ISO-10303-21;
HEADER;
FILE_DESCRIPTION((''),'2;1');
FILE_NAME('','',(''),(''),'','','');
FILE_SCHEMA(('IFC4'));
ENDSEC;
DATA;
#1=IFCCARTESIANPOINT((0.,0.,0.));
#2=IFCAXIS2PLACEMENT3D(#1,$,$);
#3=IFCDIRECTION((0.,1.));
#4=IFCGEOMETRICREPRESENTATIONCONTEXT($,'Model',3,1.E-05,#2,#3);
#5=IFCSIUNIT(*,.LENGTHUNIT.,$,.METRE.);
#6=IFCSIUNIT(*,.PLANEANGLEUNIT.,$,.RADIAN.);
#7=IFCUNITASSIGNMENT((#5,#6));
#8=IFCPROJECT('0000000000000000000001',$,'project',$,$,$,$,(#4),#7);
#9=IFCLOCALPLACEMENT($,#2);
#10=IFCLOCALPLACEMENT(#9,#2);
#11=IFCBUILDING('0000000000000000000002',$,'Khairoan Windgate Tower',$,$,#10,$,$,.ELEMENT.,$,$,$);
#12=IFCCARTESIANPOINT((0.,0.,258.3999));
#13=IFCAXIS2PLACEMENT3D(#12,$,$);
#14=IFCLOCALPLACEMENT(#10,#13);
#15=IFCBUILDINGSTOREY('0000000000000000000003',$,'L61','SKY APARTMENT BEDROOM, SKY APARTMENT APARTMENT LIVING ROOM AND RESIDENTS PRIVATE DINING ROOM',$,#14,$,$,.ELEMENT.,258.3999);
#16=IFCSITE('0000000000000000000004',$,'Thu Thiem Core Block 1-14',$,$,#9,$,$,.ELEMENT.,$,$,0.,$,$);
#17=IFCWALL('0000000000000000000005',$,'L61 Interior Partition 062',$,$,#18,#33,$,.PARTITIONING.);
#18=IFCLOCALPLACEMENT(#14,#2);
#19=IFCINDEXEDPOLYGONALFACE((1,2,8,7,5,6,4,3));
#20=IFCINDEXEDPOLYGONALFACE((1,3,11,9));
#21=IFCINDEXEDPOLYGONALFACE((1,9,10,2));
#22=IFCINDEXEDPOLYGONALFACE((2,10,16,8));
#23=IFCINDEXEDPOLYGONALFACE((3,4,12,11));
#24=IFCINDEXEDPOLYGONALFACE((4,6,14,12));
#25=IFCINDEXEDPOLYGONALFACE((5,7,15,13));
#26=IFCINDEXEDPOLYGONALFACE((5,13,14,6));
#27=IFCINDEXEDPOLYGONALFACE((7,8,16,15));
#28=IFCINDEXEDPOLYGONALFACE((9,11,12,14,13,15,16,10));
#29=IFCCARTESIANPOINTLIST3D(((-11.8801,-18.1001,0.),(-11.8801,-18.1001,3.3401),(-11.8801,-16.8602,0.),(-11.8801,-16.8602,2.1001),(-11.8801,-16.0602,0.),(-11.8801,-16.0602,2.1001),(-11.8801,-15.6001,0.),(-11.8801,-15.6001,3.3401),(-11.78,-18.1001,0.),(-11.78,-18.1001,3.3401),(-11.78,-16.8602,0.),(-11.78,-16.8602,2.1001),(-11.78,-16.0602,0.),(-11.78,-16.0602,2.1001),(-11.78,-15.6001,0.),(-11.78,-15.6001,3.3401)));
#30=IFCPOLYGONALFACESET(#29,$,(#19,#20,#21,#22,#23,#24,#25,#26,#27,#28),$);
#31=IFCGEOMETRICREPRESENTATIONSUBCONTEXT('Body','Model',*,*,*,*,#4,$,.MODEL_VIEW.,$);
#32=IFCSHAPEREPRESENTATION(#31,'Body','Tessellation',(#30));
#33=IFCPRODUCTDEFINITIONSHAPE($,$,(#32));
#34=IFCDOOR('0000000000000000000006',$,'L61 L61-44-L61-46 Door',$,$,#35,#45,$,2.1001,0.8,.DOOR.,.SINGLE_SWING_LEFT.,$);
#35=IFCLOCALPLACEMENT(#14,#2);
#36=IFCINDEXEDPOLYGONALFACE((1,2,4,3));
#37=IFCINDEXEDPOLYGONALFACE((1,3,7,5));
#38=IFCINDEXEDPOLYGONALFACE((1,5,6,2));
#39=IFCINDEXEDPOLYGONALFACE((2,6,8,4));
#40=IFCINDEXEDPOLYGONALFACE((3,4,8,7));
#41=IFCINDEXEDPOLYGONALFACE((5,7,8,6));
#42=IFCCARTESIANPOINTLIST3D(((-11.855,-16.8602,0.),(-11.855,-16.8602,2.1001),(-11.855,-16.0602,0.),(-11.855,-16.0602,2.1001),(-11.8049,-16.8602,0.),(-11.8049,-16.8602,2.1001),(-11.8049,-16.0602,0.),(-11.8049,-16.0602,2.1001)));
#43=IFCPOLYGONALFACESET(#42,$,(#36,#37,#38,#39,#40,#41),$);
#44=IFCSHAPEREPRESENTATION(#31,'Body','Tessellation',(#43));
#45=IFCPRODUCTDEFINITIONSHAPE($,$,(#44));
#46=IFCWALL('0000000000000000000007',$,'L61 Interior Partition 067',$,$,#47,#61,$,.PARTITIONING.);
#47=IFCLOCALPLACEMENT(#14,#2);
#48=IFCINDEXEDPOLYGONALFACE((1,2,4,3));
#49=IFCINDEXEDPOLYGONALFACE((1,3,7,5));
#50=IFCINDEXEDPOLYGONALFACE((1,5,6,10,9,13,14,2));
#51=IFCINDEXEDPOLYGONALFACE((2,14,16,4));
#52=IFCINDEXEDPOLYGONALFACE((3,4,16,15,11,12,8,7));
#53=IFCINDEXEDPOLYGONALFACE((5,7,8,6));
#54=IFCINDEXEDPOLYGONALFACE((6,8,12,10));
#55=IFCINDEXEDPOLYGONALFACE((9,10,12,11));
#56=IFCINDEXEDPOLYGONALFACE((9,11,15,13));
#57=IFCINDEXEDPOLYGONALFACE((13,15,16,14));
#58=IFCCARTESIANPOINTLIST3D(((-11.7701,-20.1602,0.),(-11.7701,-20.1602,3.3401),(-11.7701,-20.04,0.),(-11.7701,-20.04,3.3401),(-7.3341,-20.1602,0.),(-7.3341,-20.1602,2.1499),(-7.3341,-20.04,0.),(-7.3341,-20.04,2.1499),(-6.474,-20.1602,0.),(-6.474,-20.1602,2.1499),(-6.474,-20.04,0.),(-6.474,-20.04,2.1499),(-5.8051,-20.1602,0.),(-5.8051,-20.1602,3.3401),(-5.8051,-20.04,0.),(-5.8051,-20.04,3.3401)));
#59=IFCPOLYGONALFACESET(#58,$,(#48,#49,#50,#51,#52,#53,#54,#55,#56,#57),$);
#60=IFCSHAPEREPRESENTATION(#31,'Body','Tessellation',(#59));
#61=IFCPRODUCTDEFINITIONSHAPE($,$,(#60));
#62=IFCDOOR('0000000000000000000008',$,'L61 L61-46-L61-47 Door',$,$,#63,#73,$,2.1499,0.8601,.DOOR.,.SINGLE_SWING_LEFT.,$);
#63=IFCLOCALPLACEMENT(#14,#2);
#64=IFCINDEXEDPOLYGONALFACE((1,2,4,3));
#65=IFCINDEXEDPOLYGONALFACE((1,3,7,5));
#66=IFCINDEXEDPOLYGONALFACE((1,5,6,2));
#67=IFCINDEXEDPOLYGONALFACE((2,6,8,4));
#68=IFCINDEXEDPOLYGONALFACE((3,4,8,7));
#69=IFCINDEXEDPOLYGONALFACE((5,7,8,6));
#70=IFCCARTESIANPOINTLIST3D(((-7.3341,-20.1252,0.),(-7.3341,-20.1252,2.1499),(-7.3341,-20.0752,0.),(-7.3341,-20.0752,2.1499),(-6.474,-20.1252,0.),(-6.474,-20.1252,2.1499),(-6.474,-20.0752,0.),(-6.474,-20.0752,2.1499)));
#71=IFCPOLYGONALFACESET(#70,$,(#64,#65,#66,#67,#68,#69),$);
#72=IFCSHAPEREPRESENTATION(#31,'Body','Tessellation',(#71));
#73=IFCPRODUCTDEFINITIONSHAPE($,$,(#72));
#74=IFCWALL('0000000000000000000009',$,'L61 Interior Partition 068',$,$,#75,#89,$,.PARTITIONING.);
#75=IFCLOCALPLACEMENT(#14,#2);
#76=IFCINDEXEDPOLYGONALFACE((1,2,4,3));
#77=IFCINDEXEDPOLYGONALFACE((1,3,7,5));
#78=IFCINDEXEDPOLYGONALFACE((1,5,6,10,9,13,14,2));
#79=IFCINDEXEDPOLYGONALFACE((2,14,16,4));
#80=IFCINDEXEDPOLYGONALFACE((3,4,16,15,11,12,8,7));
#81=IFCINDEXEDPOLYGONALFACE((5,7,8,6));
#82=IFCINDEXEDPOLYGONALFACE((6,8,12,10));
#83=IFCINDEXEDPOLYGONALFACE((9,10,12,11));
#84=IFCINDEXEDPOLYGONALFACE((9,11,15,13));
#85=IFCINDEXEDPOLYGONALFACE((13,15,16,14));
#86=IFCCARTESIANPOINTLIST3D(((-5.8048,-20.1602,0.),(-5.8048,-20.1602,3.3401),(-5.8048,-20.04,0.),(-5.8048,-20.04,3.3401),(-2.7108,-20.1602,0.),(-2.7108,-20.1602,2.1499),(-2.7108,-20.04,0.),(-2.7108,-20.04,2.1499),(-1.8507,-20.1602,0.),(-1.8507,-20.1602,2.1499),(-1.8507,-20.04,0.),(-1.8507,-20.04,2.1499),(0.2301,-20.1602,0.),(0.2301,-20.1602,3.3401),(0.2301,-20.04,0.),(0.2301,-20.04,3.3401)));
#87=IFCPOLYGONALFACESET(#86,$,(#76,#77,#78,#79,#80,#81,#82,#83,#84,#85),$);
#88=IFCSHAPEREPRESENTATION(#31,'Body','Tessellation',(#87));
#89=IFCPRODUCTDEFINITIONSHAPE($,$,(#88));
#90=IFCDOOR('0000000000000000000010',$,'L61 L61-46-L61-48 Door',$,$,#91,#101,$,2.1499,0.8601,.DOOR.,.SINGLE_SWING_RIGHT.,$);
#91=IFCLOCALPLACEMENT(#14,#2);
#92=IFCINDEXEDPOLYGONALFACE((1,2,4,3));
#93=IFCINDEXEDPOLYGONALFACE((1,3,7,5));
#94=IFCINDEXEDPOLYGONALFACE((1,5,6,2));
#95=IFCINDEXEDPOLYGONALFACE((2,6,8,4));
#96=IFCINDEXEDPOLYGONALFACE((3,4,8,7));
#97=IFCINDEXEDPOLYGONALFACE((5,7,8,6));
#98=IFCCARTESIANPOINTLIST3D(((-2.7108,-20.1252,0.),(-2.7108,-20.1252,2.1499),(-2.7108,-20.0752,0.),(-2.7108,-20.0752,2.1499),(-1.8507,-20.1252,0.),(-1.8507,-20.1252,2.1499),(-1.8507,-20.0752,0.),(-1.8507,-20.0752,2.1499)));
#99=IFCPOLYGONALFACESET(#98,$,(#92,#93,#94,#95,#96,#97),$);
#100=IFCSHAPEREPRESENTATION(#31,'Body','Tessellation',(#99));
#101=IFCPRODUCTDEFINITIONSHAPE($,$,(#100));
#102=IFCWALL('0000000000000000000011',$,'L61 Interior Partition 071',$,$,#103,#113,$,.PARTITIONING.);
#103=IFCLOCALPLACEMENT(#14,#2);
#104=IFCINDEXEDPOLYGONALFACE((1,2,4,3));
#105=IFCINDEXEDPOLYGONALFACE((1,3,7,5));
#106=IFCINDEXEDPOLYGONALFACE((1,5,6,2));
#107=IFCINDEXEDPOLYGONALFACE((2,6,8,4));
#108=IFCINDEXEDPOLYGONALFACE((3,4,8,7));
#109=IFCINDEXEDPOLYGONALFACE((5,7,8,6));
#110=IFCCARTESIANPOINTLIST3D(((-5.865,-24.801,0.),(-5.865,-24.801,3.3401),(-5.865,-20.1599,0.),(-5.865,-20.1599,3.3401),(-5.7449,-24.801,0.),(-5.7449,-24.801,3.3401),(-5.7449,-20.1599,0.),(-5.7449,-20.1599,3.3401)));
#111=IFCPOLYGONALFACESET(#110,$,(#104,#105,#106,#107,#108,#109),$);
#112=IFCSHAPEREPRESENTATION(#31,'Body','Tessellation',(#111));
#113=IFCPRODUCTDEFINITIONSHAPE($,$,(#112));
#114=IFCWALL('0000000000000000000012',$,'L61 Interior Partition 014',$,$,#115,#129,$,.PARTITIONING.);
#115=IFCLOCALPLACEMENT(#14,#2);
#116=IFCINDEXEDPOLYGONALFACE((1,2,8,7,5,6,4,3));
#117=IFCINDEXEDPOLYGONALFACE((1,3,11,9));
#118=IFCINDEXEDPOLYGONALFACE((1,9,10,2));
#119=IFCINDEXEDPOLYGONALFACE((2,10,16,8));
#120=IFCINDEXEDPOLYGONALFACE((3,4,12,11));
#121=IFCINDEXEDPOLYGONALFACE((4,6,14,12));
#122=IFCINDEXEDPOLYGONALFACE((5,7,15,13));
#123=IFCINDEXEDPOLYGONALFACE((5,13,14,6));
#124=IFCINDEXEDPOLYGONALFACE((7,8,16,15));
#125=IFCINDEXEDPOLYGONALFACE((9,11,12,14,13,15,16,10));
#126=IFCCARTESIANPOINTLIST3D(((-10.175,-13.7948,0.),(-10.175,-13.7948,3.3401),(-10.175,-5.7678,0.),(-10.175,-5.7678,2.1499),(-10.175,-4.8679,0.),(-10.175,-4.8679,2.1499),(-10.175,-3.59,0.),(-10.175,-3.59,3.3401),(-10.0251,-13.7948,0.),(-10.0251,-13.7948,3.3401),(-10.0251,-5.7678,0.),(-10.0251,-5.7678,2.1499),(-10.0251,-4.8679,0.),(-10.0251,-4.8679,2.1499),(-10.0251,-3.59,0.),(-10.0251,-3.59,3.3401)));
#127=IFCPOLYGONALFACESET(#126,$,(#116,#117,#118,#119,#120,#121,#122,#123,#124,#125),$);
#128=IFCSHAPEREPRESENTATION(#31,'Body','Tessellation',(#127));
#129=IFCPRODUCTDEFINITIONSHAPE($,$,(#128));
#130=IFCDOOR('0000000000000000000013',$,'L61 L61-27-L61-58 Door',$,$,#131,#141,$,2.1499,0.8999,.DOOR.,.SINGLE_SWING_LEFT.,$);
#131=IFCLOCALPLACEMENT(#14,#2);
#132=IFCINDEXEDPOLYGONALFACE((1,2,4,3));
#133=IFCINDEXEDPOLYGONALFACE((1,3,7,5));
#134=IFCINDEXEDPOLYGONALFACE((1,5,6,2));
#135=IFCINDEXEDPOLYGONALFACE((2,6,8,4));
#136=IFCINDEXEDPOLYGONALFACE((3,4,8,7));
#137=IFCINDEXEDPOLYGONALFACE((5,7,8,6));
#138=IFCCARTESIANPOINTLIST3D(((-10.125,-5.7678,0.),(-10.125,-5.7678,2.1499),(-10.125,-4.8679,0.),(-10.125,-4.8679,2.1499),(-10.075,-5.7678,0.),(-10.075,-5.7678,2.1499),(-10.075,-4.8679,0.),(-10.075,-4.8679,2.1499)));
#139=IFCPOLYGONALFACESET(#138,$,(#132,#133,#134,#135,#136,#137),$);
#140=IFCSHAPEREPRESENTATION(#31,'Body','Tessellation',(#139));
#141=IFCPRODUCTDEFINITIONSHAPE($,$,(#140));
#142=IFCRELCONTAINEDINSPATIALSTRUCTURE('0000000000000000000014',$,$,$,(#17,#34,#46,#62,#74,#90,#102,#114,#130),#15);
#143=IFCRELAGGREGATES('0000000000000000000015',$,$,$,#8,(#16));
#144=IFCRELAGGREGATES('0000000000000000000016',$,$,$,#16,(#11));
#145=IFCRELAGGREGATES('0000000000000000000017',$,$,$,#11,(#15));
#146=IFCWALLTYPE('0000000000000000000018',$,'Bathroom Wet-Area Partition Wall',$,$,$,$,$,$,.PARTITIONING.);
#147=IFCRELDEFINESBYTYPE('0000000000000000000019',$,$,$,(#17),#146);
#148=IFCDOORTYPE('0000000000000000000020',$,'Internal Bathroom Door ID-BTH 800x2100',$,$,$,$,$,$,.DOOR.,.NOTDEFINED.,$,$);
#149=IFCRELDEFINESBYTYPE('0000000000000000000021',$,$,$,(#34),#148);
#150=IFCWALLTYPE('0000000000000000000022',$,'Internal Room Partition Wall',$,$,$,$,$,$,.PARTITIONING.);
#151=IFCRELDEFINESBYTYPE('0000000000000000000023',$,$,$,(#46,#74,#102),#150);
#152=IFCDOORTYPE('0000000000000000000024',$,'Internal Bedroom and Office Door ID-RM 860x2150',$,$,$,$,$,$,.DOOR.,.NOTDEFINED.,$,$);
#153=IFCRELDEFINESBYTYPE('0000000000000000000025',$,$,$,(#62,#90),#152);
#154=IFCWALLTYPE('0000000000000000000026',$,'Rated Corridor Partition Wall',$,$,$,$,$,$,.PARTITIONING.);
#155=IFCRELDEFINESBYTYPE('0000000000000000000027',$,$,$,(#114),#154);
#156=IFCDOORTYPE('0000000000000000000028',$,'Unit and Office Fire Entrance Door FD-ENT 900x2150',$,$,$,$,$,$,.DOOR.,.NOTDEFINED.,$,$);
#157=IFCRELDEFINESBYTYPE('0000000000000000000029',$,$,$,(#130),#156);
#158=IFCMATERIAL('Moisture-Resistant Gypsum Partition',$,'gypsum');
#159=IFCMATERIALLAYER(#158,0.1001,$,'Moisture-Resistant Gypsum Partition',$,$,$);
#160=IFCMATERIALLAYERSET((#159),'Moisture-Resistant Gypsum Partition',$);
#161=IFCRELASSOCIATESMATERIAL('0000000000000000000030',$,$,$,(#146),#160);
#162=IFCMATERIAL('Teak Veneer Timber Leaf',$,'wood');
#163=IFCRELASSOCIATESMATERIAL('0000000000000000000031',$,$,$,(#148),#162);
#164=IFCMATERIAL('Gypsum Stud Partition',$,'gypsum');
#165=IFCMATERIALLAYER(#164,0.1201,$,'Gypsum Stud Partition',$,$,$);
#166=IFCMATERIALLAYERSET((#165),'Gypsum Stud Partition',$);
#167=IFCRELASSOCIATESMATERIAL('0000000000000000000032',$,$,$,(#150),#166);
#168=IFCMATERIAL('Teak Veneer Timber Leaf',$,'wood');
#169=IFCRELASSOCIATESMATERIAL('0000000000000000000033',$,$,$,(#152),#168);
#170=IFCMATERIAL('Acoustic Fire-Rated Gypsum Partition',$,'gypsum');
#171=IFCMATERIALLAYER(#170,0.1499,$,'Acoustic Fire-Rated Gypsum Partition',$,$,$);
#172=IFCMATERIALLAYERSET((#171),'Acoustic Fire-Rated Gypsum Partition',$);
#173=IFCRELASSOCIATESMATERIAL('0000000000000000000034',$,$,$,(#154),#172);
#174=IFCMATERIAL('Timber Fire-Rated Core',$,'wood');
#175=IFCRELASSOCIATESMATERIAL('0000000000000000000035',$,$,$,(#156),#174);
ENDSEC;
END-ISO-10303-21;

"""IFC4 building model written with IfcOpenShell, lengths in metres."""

from ifc_helpers import new_model, si_unit, direction, frame, frame_2d, origin, place, context, subcontext, project, spatial, rectangle, extrude, material, layer, layer_set, type_object, element, fill, save


model = new_model("IFC4")

# Units and contexts
model_context = context("Model", 3, precision=1e-05, world=origin(), true_north=direction((0.0, 1.0)))
body_context = subcontext(model_context, "Body", "Model", "MODEL_VIEW")
ifc_project = project(units=[si_unit("LENGTHUNIT", "METRE"), si_unit("PLANEANGLEUNIT", "RADIAN")], contexts=[model_context])

# Site, building, storey
site_placement = place(None, origin())
site = spatial("IfcSite", under=ifc_project, at=site_placement, Name="Thu Thiem Core Block 1-14", CompositionType="ELEMENT", RefElevation=0.0)
building_placement = place(site_placement, origin())
building = spatial("IfcBuilding", under=site, at=building_placement, Name="Khairoan Windgate Tower", CompositionType="ELEMENT")
storey_placement = place(building_placement, frame((0.0, 0.0, 258.3999)))
storey = spatial("IfcBuildingStorey", under=building, at=storey_placement, Name="L61", Description="SKY APARTMENT BEDROOM, SKY APARTMENT APARTMENT LIVING ROOM AND RESIDENTS PRIVATE DINING ROOM", CompositionType="ELEMENT", Elevation=258.3999)

# Walls, openings, doors
ifc_material_1 = material(Name="Moisture-Resistant Gypsum Partition", Category="gypsum")
ifc_layer_1 = layer(ifc_material_1, 0.1001, Name="Moisture-Resistant Gypsum Partition")
ifc_layer_set_1 = layer_set([ifc_layer_1], Name="Moisture-Resistant Gypsum Partition")
wall_type_1 = type_object("IfcWallType", Name="Bathroom Wet-Area Partition Wall", PredefinedType="PARTITIONING", material=ifc_layer_set_1)
wall_1_placement = place(storey_placement, frame((-11.8301, -18.1001, 0.0), z_axis=(0.0, 0.0, 1.0), x_axis=(0.0, 1.0, 0.0)))
wall_1 = element("IfcWall", 1, at=wall_1_placement, inside=storey, type_object=wall_type_1, Name="L61 Interior Partition 062", PredefinedType="PARTITIONING", context=body_context, shape_type="SweptSolid", body=[
    extrude(rectangle(XDim=2.5, YDim=0.1001, at=frame_2d((1.25, 0.0))), origin(), (0.0, 0.0, 1.0), 3.3401),
])
opening_1_placement = place(wall_1_placement, frame((1.24, 0.0, 0.0)))
opening_1 = element("IfcOpeningElement", 2, at=opening_1_placement, cuts=wall_1, PredefinedType="OPENING", context=body_context, shape_type="SweptSolid", body=[
    extrude(rectangle(XDim=0.8, YDim=2.1001, at=frame_2d((0.3999, 1.05))), frame((0.0, 0.0601, 0.0), z_axis=(0.0, -1.0, 0.0), x_axis=(1.0, 0.0, 0.0)), (0.0, 0.0, 1.0), 0.1201),
])
ifc_material_2 = material(Name="Teak Veneer Timber Leaf", Category="wood")
door_type_1 = type_object("IfcDoorType", Name="Internal Bathroom Door ID-BTH 800x2100", OperationType="NOTDEFINED", PredefinedType="DOOR", material=ifc_material_2)
door_1_placement = place(opening_1_placement, origin())
door_1 = element("IfcDoor", 3, at=door_1_placement, inside=storey, type_object=door_type_1, Name="L61 L61-44-L61-46 Door", OperationType="SINGLE_SWING_LEFT", OverallHeight=2.1001, OverallWidth=0.8, PredefinedType="DOOR", context=body_context, shape_type="SweptSolid", body=[
    extrude(rectangle(XDim=0.8, YDim=2.1001, at=frame_2d((0.3999, 1.05))), frame((0.0, 0.0249, 0.0), z_axis=(0.0, -1.0, 0.0), x_axis=(1.0, 0.0, 0.0)), (0.0, 0.0, 1.0), 0.05),
])
fill(opening_1, door_1)
ifc_material_3 = material(Name="Gypsum Stud Partition", Category="gypsum")
ifc_layer_2 = layer(ifc_material_3, 0.1201, Name="Gypsum Stud Partition")
ifc_layer_set_2 = layer_set([ifc_layer_2], Name="Gypsum Stud Partition")
wall_type_2 = type_object("IfcWallType", Name="Internal Room Partition Wall", PredefinedType="PARTITIONING", material=ifc_layer_set_2)
ifc_material_4 = material(Name="Teak Veneer Timber Leaf", Category="wood")
door_type_2 = type_object("IfcDoorType", Name="Internal Bedroom and Office Door ID-RM 860x2150", OperationType="NOTDEFINED", PredefinedType="DOOR", material=ifc_material_4)
wall_2_placement = place(storey_placement, frame((-11.77, -20.1001, 0.0), z_axis=(0.0, 0.0, 1.0), x_axis=(1.0, 0.0, 0.0)))
wall_2 = element("IfcWall", 4, at=wall_2_placement, inside=storey, type_object=wall_type_2, Name="L61 Interior Partition 067", PredefinedType="PARTITIONING", context=body_context, shape_type="SweptSolid", body=[
    extrude(rectangle(XDim=5.9651, YDim=0.1201, at=frame_2d((2.9824, 0.0))), origin(), (0.0, 0.0, 1.0), 3.3401),
])
opening_2_placement = place(wall_2_placement, frame((4.4358, 0.0, 0.0)))
opening_2 = element("IfcOpeningElement", 5, at=opening_2_placement, cuts=wall_2, PredefinedType="OPENING", context=body_context, shape_type="SweptSolid", body=[
    extrude(rectangle(XDim=0.8601, YDim=2.1499, at=frame_2d((0.4302, 1.075))), frame((0.0, 0.0701, 0.0), z_axis=(0.0, -1.0, 0.0), x_axis=(1.0, 0.0, 0.0)), (0.0, 0.0, 1.0), 0.1401),
])
door_2_placement = place(opening_2_placement, origin())
door_2 = element("IfcDoor", 6, at=door_2_placement, inside=storey, type_object=door_type_2, Name="L61 L61-46-L61-47 Door", OperationType="SINGLE_SWING_LEFT", OverallHeight=2.1499, OverallWidth=0.8601, PredefinedType="DOOR", context=body_context, shape_type="SweptSolid", body=[
    extrude(rectangle(XDim=0.8601, YDim=2.1499, at=frame_2d((0.4302, 1.075))), frame((0.0, 0.0249, 0.0), z_axis=(0.0, -1.0, 0.0), x_axis=(1.0, 0.0, 0.0)), (0.0, 0.0, 1.0), 0.05),
])
fill(opening_2, door_2)
wall_3_placement = place(storey_placement, frame((-5.8049, -20.1001, 0.0), z_axis=(0.0, 0.0, 1.0), x_axis=(1.0, 0.0, 0.0)))
wall_3 = element("IfcWall", 7, at=wall_3_placement, inside=storey, type_object=wall_type_2, Name="L61 Interior Partition 068", PredefinedType="PARTITIONING", context=body_context, shape_type="SweptSolid", body=[
    extrude(rectangle(XDim=6.0349, YDim=0.1201, at=frame_2d((3.0176, 0.0))), origin(), (0.0, 0.0, 1.0), 3.3401),
])
opening_3_placement = place(wall_3_placement, frame((3.094, 0.0, 0.0)))
opening_3 = element("IfcOpeningElement", 8, at=opening_3_placement, cuts=wall_3, PredefinedType="OPENING", context=body_context, shape_type="SweptSolid", body=[
    extrude(rectangle(XDim=0.8601, YDim=2.1499, at=frame_2d((0.4302, 1.075))), frame((0.0, 0.0701, 0.0), z_axis=(0.0, -1.0, 0.0), x_axis=(1.0, 0.0, 0.0)), (0.0, 0.0, 1.0), 0.1401),
])
door_3_placement = place(opening_3_placement, origin())
door_3 = element("IfcDoor", 9, at=door_3_placement, inside=storey, type_object=door_type_2, Name="L61 L61-46-L61-48 Door", OperationType="SINGLE_SWING_RIGHT", OverallHeight=2.1499, OverallWidth=0.8601, PredefinedType="DOOR", context=body_context, shape_type="SweptSolid", body=[
    extrude(rectangle(XDim=0.8601, YDim=2.1499, at=frame_2d((0.4302, 1.075))), frame((0.0, 0.0249, 0.0), z_axis=(0.0, -1.0, 0.0), x_axis=(1.0, 0.0, 0.0)), (0.0, 0.0, 1.0), 0.05),
])
fill(opening_3, door_3)

# Wall
wall_4_placement = place(storey_placement, frame((-5.8049, -24.801, 0.0), z_axis=(0.0, 0.0, 1.0), x_axis=(0.0, 1.0, 0.0)))
element("IfcWall", 10, at=wall_4_placement, inside=storey, type_object=wall_type_2, Name="L61 Interior Partition 071", PredefinedType="PARTITIONING", context=body_context, shape_type="SweptSolid", body=[
    extrude(rectangle(XDim=4.6411, YDim=0.1201, at=frame_2d((2.3206, 0.0))), origin(), (0.0, 0.0, 1.0), 3.3401),
])

# Wall, opening, door
ifc_material_5 = material(Name="Acoustic Fire-Rated Gypsum Partition", Category="gypsum")
ifc_layer_3 = layer(ifc_material_5, 0.1499, Name="Acoustic Fire-Rated Gypsum Partition")
ifc_layer_set_3 = layer_set([ifc_layer_3], Name="Acoustic Fire-Rated Gypsum Partition")
wall_type_3 = type_object("IfcWallType", Name="Rated Corridor Partition Wall", PredefinedType="PARTITIONING", material=ifc_layer_set_3)
wall_5_placement = place(storey_placement, frame((-10.1001, -13.7949, 0.0), z_axis=(0.0, 0.0, 1.0), x_axis=(0.0, 1.0, 0.0)))
wall_5 = element("IfcWall", 11, at=wall_5_placement, inside=storey, type_object=wall_type_3, Name="L61 Interior Partition 014", PredefinedType="PARTITIONING", context=body_context, shape_type="SweptSolid", body=[
    extrude(rectangle(XDim=10.2048, YDim=0.1499, at=frame_2d((5.1025, 0.0))), origin(), (0.0, 0.0, 1.0), 3.3401),
])
opening_4_placement = place(wall_5_placement, frame((8.0271, 0.0, 0.0)))
opening_4 = element("IfcOpeningElement", 12, at=opening_4_placement, cuts=wall_5, PredefinedType="OPENING", context=body_context, shape_type="SweptSolid", body=[
    extrude(rectangle(XDim=0.8999, YDim=2.1499, at=frame_2d((0.45, 1.075))), frame((0.0, 0.085, 0.0), z_axis=(0.0, -1.0, 0.0), x_axis=(1.0, 0.0, 0.0)), (0.0, 0.0, 1.0), 0.1699),
])
ifc_material_6 = material(Name="Timber Fire-Rated Core", Category="wood")
door_type_3 = type_object("IfcDoorType", Name="Unit and Office Fire Entrance Door FD-ENT 900x2150", OperationType="NOTDEFINED", PredefinedType="DOOR", material=ifc_material_6)
door_4_placement = place(opening_4_placement, origin())
door_4 = element("IfcDoor", 13, at=door_4_placement, inside=storey, type_object=door_type_3, Name="L61 L61-27-L61-58 Door", OperationType="SINGLE_SWING_LEFT", OverallHeight=2.1499, OverallWidth=0.8999, PredefinedType="DOOR", context=body_context, shape_type="SweptSolid", body=[
    extrude(rectangle(XDim=0.8999, YDim=2.1499, at=frame_2d((0.45, 1.075))), frame((0.0, 0.0249, 0.0), z_axis=(0.0, -1.0, 0.0), x_axis=(1.0, 0.0, 0.0)), (0.0, 0.0, 1.0), 0.05),
])
fill(opening_4, door_4)

save(model, "model.ifc")
